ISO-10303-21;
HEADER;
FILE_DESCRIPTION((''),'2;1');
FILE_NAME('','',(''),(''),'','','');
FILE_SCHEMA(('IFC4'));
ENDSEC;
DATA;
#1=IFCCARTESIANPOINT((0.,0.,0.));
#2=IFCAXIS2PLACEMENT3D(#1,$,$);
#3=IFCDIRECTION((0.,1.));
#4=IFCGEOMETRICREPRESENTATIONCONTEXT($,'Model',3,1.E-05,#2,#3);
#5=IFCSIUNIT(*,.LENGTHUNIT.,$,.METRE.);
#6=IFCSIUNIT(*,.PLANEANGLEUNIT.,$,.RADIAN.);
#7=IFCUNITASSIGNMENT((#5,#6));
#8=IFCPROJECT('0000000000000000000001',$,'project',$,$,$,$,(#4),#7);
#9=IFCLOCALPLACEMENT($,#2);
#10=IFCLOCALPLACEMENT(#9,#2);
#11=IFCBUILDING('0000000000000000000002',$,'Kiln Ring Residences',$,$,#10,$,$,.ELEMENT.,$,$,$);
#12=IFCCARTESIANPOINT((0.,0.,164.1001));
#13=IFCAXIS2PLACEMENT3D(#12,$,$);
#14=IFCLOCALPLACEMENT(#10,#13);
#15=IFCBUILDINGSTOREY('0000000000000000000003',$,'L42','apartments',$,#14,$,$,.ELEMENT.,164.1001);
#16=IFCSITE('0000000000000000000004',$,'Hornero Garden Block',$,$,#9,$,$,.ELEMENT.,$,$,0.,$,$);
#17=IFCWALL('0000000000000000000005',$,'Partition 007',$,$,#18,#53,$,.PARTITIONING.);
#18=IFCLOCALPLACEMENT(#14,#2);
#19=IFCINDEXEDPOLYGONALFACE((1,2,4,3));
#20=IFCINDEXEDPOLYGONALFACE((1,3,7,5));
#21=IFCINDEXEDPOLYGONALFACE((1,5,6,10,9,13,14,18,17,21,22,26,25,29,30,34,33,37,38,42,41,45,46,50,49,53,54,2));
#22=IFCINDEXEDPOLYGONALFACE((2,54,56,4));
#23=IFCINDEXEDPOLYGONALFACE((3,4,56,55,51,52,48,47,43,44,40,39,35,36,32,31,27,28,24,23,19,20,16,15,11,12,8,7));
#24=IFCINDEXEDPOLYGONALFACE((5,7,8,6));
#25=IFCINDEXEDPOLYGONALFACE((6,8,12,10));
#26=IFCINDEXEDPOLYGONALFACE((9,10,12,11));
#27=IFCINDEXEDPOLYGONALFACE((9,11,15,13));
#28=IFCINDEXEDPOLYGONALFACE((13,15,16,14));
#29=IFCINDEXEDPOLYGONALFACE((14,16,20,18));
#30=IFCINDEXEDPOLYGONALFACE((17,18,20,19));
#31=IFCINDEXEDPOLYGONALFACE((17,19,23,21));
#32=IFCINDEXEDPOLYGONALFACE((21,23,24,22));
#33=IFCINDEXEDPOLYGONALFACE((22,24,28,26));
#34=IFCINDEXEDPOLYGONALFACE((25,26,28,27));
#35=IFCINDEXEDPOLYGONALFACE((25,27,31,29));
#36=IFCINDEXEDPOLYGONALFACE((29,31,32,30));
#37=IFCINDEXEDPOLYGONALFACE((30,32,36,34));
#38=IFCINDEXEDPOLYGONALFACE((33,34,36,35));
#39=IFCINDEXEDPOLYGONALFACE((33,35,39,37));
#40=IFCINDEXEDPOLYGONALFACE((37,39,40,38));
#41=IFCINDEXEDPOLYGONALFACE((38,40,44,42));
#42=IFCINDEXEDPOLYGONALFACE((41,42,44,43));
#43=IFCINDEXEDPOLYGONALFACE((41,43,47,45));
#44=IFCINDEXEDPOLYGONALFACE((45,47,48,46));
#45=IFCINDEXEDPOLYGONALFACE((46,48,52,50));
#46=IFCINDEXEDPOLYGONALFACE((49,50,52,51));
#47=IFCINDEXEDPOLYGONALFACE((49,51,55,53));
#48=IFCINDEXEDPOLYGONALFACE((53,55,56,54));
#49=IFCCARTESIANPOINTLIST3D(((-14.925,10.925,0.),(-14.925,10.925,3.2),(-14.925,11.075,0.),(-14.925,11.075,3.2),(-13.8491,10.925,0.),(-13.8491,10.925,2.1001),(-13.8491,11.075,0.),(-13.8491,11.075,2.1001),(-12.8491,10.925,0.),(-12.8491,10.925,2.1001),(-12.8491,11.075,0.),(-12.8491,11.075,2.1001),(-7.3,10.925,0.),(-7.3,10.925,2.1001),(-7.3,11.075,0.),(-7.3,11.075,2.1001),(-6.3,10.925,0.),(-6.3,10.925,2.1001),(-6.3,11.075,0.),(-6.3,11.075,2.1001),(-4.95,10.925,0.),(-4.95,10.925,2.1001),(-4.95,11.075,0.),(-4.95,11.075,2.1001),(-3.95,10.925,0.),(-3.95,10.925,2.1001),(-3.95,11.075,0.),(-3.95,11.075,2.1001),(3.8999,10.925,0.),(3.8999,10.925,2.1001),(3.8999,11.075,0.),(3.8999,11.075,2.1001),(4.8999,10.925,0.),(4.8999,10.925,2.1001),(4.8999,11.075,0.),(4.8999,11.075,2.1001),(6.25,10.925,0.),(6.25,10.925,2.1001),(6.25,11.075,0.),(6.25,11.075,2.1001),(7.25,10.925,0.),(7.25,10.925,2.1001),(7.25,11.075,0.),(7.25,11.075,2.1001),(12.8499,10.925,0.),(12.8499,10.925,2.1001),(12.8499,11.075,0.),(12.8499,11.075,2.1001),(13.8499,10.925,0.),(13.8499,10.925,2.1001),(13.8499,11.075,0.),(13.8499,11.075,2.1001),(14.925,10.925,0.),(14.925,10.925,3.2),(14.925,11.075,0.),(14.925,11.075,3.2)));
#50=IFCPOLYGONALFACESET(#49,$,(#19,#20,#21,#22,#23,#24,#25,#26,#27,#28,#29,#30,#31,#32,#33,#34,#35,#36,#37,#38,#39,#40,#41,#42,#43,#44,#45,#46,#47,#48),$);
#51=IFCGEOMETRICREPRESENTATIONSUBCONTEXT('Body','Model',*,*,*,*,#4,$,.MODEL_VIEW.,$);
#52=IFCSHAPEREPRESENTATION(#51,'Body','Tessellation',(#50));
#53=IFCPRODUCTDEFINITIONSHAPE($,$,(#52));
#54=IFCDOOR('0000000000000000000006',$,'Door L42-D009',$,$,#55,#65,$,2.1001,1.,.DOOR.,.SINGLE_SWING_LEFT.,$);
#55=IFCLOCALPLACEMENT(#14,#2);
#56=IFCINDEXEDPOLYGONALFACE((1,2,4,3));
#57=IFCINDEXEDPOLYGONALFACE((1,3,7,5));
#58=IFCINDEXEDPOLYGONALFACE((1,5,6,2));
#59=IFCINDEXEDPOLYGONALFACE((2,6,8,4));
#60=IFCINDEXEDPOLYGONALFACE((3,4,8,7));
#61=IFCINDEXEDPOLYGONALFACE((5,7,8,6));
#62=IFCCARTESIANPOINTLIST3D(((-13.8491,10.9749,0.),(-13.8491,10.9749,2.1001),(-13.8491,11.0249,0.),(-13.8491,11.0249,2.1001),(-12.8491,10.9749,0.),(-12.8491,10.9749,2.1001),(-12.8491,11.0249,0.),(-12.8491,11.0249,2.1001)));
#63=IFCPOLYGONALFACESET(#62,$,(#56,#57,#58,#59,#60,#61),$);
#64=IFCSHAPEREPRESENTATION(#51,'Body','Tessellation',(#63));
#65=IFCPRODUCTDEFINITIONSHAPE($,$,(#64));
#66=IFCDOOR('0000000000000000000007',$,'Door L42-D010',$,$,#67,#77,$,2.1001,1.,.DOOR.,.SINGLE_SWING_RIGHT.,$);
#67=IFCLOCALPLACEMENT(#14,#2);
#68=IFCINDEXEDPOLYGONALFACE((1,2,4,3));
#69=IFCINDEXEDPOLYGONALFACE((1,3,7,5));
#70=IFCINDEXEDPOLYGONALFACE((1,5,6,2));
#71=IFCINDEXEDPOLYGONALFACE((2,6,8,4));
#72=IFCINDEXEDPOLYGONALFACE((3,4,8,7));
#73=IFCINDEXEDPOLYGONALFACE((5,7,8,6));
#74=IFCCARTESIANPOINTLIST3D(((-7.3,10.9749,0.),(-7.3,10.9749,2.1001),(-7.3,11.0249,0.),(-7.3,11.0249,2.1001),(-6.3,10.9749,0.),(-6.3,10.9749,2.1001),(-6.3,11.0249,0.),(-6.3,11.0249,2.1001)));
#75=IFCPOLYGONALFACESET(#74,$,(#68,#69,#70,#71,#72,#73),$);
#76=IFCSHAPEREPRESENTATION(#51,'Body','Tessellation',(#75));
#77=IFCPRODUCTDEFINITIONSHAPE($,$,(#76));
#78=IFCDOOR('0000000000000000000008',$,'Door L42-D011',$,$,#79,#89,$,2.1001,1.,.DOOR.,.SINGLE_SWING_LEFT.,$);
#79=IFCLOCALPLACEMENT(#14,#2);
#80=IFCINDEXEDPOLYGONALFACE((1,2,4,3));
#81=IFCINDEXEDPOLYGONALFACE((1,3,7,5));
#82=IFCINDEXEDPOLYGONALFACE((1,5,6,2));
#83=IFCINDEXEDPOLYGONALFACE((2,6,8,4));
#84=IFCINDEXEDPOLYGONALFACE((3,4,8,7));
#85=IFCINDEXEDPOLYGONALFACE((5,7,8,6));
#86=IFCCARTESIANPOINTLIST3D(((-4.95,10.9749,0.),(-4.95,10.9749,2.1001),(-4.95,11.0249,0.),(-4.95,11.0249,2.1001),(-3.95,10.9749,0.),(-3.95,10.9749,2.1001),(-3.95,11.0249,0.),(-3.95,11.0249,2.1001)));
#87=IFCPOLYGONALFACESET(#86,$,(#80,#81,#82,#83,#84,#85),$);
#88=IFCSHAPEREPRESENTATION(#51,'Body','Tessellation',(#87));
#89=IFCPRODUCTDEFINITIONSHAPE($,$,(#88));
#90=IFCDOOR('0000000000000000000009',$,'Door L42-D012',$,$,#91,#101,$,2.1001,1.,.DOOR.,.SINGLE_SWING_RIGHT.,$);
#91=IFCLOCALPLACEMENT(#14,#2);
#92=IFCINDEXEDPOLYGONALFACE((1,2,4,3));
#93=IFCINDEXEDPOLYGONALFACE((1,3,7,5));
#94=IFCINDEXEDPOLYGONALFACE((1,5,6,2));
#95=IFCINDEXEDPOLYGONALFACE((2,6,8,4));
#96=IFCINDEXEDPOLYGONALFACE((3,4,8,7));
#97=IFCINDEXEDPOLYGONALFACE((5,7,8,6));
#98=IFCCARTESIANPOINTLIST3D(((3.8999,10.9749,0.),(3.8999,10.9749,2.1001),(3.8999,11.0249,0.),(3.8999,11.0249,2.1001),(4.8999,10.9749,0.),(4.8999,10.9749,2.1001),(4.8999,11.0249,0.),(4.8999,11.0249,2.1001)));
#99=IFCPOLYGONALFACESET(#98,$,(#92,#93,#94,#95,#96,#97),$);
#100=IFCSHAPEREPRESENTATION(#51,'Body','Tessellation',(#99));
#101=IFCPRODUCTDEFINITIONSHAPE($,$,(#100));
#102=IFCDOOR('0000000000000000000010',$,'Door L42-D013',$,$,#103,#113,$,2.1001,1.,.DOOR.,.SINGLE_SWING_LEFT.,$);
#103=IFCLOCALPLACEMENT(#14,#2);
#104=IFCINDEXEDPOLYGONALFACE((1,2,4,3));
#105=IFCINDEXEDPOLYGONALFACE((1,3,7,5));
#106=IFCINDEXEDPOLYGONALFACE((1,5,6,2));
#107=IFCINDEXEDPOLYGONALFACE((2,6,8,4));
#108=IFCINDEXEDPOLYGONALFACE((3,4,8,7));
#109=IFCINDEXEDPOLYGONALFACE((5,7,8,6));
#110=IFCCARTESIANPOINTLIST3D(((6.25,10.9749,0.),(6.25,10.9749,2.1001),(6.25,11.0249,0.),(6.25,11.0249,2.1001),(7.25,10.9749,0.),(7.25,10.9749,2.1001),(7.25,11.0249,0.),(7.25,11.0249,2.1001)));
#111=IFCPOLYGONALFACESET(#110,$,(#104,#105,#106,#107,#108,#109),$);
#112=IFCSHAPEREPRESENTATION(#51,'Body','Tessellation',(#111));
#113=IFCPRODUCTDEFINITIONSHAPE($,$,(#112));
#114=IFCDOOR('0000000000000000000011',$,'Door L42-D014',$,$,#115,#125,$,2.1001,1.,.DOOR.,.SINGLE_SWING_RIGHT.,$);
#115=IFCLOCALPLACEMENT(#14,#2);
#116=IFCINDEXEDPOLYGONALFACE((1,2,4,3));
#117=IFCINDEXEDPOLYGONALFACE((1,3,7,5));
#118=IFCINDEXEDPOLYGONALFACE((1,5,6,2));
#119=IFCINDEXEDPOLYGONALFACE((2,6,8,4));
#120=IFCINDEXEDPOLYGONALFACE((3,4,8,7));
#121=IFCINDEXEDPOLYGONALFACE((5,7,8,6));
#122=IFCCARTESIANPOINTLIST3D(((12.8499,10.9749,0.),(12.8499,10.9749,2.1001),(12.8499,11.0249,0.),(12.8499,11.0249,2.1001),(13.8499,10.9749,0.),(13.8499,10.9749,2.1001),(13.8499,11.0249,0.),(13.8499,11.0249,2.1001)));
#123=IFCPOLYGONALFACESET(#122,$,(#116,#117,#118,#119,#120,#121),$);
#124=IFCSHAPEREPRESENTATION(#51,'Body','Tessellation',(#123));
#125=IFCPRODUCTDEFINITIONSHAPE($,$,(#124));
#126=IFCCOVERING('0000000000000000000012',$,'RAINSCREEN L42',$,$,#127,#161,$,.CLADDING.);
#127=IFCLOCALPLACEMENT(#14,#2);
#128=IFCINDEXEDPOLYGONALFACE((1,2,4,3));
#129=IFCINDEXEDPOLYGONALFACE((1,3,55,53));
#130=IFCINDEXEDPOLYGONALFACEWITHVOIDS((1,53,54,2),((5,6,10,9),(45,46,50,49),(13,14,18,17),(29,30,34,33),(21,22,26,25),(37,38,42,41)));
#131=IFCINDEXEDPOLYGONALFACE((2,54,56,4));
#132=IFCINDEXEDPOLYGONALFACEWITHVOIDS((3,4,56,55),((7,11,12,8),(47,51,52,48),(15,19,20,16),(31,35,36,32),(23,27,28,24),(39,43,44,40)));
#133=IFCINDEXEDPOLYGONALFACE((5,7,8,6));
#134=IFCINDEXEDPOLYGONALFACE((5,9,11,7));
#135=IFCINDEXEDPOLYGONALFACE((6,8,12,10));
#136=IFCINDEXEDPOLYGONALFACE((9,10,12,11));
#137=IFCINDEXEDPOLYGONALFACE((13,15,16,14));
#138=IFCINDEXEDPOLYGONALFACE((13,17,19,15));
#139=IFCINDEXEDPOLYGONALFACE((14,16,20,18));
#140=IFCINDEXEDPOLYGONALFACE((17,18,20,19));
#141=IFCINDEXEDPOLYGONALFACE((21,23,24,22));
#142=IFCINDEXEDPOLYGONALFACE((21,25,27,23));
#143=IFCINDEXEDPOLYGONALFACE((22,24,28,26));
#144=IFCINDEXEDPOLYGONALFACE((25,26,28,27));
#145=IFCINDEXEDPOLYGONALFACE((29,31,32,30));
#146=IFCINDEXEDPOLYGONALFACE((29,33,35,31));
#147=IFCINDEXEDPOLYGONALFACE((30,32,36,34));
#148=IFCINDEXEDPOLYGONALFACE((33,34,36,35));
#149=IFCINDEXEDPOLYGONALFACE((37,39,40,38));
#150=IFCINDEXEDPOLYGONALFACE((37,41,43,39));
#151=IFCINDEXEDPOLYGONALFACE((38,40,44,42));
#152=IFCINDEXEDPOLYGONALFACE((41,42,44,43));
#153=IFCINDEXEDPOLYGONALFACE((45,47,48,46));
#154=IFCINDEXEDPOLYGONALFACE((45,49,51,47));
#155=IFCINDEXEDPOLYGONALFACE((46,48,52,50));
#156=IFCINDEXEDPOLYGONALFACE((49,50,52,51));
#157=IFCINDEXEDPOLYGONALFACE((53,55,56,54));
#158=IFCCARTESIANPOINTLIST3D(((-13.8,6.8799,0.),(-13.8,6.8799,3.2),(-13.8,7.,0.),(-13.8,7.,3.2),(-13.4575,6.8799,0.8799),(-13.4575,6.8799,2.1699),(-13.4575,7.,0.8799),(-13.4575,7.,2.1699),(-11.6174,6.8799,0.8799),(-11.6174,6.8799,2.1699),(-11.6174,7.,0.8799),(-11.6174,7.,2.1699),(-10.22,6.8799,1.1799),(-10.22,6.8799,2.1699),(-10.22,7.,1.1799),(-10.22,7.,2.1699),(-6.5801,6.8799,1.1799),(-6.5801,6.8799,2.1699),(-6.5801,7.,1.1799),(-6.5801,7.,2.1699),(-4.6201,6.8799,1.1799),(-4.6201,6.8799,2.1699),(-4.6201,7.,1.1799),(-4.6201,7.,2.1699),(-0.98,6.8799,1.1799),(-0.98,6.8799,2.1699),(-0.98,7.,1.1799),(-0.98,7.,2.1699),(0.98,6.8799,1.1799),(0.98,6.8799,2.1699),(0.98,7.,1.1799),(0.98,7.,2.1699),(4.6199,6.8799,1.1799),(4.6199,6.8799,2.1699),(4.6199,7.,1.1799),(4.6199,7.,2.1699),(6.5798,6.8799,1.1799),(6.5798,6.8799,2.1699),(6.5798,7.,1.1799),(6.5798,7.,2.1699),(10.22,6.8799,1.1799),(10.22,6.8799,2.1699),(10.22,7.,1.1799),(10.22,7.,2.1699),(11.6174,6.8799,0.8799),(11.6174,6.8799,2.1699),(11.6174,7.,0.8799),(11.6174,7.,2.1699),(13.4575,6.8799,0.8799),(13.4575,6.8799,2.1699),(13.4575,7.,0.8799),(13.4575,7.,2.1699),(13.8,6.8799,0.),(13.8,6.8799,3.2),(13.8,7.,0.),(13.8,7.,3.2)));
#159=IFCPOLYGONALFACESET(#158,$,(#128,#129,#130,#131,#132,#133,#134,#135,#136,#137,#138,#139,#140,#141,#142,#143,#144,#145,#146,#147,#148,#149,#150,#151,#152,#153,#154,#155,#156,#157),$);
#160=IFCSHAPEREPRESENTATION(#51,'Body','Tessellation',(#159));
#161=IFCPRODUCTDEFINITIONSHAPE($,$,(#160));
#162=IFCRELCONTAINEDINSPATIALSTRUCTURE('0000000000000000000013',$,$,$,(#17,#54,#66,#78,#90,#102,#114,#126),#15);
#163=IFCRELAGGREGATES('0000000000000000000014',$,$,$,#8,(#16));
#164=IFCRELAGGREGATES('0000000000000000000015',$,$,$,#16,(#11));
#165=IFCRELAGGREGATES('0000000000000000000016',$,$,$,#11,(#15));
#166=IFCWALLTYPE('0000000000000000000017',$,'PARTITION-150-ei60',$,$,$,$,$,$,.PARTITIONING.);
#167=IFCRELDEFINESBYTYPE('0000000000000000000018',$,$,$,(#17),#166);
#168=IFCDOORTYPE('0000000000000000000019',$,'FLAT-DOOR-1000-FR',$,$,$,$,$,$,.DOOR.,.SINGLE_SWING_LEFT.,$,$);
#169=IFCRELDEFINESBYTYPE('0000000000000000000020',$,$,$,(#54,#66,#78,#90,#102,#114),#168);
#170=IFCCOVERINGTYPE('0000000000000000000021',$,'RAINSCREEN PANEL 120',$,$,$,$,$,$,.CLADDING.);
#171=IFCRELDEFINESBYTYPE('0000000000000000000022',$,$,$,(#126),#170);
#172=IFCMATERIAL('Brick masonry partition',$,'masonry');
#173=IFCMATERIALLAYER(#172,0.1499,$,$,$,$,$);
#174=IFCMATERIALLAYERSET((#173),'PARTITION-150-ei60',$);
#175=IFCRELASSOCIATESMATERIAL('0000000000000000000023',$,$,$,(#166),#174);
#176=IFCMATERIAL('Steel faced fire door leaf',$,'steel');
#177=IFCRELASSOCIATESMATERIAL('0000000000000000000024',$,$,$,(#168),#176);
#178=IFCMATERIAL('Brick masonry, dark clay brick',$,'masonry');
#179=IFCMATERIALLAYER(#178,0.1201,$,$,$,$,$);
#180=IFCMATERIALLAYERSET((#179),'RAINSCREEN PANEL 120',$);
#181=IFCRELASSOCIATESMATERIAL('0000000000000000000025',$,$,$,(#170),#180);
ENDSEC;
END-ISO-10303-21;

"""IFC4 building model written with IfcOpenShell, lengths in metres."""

from ifc_helpers import new_model, si_unit, direction, frame, frame_2d, origin, place, context, subcontext, project, spatial, polyline, rectangle, outline, extrude, material, layer, layer_set, type_object, element, fill, save


model = new_model("IFC4")

# Units and contexts
model_context = context("Model", 3, precision=1e-05, world=origin(), true_north=direction((0.0, 1.0)))
body_context = subcontext(model_context, "Body", "Model", "MODEL_VIEW")
ifc_project = project(units=[si_unit("LENGTHUNIT", "METRE"), si_unit("PLANEANGLEUNIT", "RADIAN")], contexts=[model_context])

# Site, building, storey
site_placement = place(None, origin())
site = spatial("IfcSite", under=ifc_project, at=site_placement, Name="Hornero Garden Block", CompositionType="ELEMENT", RefElevation=0.0)
building_placement = place(site_placement, origin())
building = spatial("IfcBuilding", under=site, at=building_placement, Name="Kiln Ring Residences", CompositionType="ELEMENT")
storey_placement = place(building_placement, frame((0.0, 0.0, 164.1001)))
storey = spatial("IfcBuildingStorey", under=building, at=storey_placement, Name="L42", Description="apartments", CompositionType="ELEMENT", Elevation=164.1001)

# Wall, openings, doors
ifc_material_1 = material(Name="Brick masonry partition", Category="masonry")
ifc_layer_1 = layer(ifc_material_1, 0.1499)
ifc_layer_set_1 = layer_set([ifc_layer_1], Name="PARTITION-150-ei60")
wall_type_1 = type_object("IfcWallType", Name="PARTITION-150-ei60", PredefinedType="PARTITIONING", material=ifc_layer_set_1)
wall_1_placement = place(storey_placement, frame((-14.925, 11.0, 0.0), z_axis=(0.0, 0.0, 1.0), x_axis=(1.0, 0.0, 0.0)))
wall_1 = element("IfcWall", 1, at=wall_1_placement, inside=storey, type_object=wall_type_1, Name="Partition 007", PredefinedType="PARTITIONING", context=body_context, shape_type="SweptSolid", body=[
    extrude(rectangle(XDim=29.8501, YDim=0.1499, at=frame_2d((14.925, 0.0))), origin(), (0.0, 0.0, 1.0), 3.2),
])
opening_1_placement = place(wall_1_placement, frame((1.0759, 0.0, 0.0)))
opening_1 = element("IfcOpeningElement", 2, at=opening_1_placement, cuts=wall_1, PredefinedType="OPENING", context=body_context, shape_type="SweptSolid", body=[
    extrude(rectangle(XDim=1.0, YDim=2.1001, at=frame_2d((0.5, 1.05))), frame((0.0, 0.085, 0.0), z_axis=(0.0, -1.0, 0.0), x_axis=(1.0, 0.0, 0.0)), (0.0, 0.0, 1.0), 0.1699),
])
opening_2_placement = place(wall_1_placement, frame((7.625, 0.0, 0.0)))
opening_2 = element("IfcOpeningElement", 3, at=opening_2_placement, cuts=wall_1, PredefinedType="OPENING", context=body_context, shape_type="SweptSolid", body=[
    extrude(rectangle(XDim=1.0, YDim=2.1001, at=frame_2d((0.5, 1.05))), frame((0.0, 0.085, 0.0), z_axis=(0.0, -1.0, 0.0), x_axis=(1.0, 0.0, 0.0)), (0.0, 0.0, 1.0), 0.1699),
])
opening_3_placement = place(wall_1_placement, frame((9.9751, 0.0, 0.0)))
opening_3 = element("IfcOpeningElement", 4, at=opening_3_placement, cuts=wall_1, PredefinedType="OPENING", context=body_context, shape_type="SweptSolid", body=[
    extrude(rectangle(XDim=1.0, YDim=2.1001, at=frame_2d((0.5, 1.05))), frame((0.0, 0.085, 0.0), z_axis=(0.0, -1.0, 0.0), x_axis=(1.0, 0.0, 0.0)), (0.0, 0.0, 1.0), 0.1699),
])
opening_4_placement = place(wall_1_placement, frame((18.825, 0.0, 0.0)))
opening_4 = element("IfcOpeningElement", 5, at=opening_4_placement, cuts=wall_1, PredefinedType="OPENING", context=body_context, shape_type="SweptSolid", body=[
    extrude(rectangle(XDim=1.0, YDim=2.1001, at=frame_2d((0.5, 1.05))), frame((0.0, 0.085, 0.0), z_axis=(0.0, -1.0, 0.0), x_axis=(1.0, 0.0, 0.0)), (0.0, 0.0, 1.0), 0.1699),
])
opening_5_placement = place(wall_1_placement, frame((21.175, 0.0, 0.0)))
opening_5 = element("IfcOpeningElement", 6, at=opening_5_placement, cuts=wall_1, PredefinedType="OPENING", context=body_context, shape_type="SweptSolid", body=[
    extrude(rectangle(XDim=1.0, YDim=2.1001, at=frame_2d((0.5, 1.05))), frame((0.0, 0.085, 0.0), z_axis=(0.0, -1.0, 0.0), x_axis=(1.0, 0.0, 0.0)), (0.0, 0.0, 1.0), 0.1699),
])
opening_6_placement = place(wall_1_placement, frame((27.7749, 0.0, 0.0)))
opening_6 = element("IfcOpeningElement", 7, at=opening_6_placement, cuts=wall_1, PredefinedType="OPENING", context=body_context, shape_type="SweptSolid", body=[
    extrude(rectangle(XDim=1.0, YDim=2.1001, at=frame_2d((0.5, 1.05))), frame((0.0, 0.085, 0.0), z_axis=(0.0, -1.0, 0.0), x_axis=(1.0, 0.0, 0.0)), (0.0, 0.0, 1.0), 0.1699),
])
ifc_material_2 = material(Name="Steel faced fire door leaf", Category="steel")
door_type = type_object("IfcDoorType", Name="FLAT-DOOR-1000-FR", OperationType="SINGLE_SWING_LEFT", PredefinedType="DOOR", material=ifc_material_2)
door_1_placement = place(opening_1_placement, origin())
door_1 = element("IfcDoor", 8, at=door_1_placement, inside=storey, type_object=door_type, Name="Door L42-D009", OperationType="SINGLE_SWING_LEFT", OverallHeight=2.1001, OverallWidth=1.0, PredefinedType="DOOR", context=body_context, shape_type="SweptSolid", body=[
    extrude(rectangle(XDim=1.0, YDim=2.1001, at=frame_2d((0.5, 1.05))), frame((0.0, 0.0249, 0.0), z_axis=(0.0, -1.0, 0.0), x_axis=(1.0, 0.0, 0.0)), (0.0, 0.0, 1.0), 0.05),
])
fill(opening_1, door_1)
door_2_placement = place(opening_2_placement, origin())
door_2 = element("IfcDoor", 9, at=door_2_placement, inside=storey, type_object=door_type, Name="Door L42-D010", OperationType="SINGLE_SWING_RIGHT", OverallHeight=2.1001, OverallWidth=1.0, PredefinedType="DOOR", context=body_context, shape_type="SweptSolid", body=[
    extrude(rectangle(XDim=1.0, YDim=2.1001, at=frame_2d((0.5, 1.05))), frame((0.0, 0.0249, 0.0), z_axis=(0.0, -1.0, 0.0), x_axis=(1.0, 0.0, 0.0)), (0.0, 0.0, 1.0), 0.05),
])
fill(opening_2, door_2)
door_3_placement = place(opening_3_placement, origin())
door_3 = element("IfcDoor", 10, at=door_3_placement, inside=storey, type_object=door_type, Name="Door L42-D011", OperationType="SINGLE_SWING_LEFT", OverallHeight=2.1001, OverallWidth=1.0, PredefinedType="DOOR", context=body_context, shape_type="SweptSolid", body=[
    extrude(rectangle(XDim=1.0, YDim=2.1001, at=frame_2d((0.5, 1.05))), frame((0.0, 0.0249, 0.0), z_axis=(0.0, -1.0, 0.0), x_axis=(1.0, 0.0, 0.0)), (0.0, 0.0, 1.0), 0.05),
])
fill(opening_3, door_3)
door_4_placement = place(opening_4_placement, origin())
door_4 = element("IfcDoor", 11, at=door_4_placement, inside=storey, type_object=door_type, Name="Door L42-D012", OperationType="SINGLE_SWING_RIGHT", OverallHeight=2.1001, OverallWidth=1.0, PredefinedType="DOOR", context=body_context, shape_type="SweptSolid", body=[
    extrude(rectangle(XDim=1.0, YDim=2.1001, at=frame_2d((0.5, 1.05))), frame((0.0, 0.0249, 0.0), z_axis=(0.0, -1.0, 0.0), x_axis=(1.0, 0.0, 0.0)), (0.0, 0.0, 1.0), 0.05),
])
fill(opening_4, door_4)
door_5_placement = place(opening_5_placement, origin())
door_5 = element("IfcDoor", 12, at=door_5_placement, inside=storey, type_object=door_type, Name="Door L42-D013", OperationType="SINGLE_SWING_LEFT", OverallHeight=2.1001, OverallWidth=1.0, PredefinedType="DOOR", context=body_context, shape_type="SweptSolid", body=[
    extrude(rectangle(XDim=1.0, YDim=2.1001, at=frame_2d((0.5, 1.05))), frame((0.0, 0.0249, 0.0), z_axis=(0.0, -1.0, 0.0), x_axis=(1.0, 0.0, 0.0)), (0.0, 0.0, 1.0), 0.05),
])
fill(opening_5, door_5)
door_6_placement = place(opening_6_placement, origin())
door_6 = element("IfcDoor", 13, at=door_6_placement, inside=storey, type_object=door_type, Name="Door L42-D014", OperationType="SINGLE_SWING_RIGHT", OverallHeight=2.1001, OverallWidth=1.0, PredefinedType="DOOR", context=body_context, shape_type="SweptSolid", body=[
    extrude(rectangle(XDim=1.0, YDim=2.1001, at=frame_2d((0.5, 1.05))), frame((0.0, 0.0249, 0.0), z_axis=(0.0, -1.0, 0.0), x_axis=(1.0, 0.0, 0.0)), (0.0, 0.0, 1.0), 0.05),
])
fill(opening_6, door_6)

# Covering
ifc_material_3 = material(Name="Brick masonry, dark clay brick", Category="masonry")
ifc_layer_2 = layer(ifc_material_3, 0.1201)
ifc_layer_set_2 = layer_set([ifc_layer_2], Name="RAINSCREEN PANEL 120")
covering_type = type_object("IfcCoveringType", Name="RAINSCREEN PANEL 120", PredefinedType="CLADDING", material=ifc_layer_set_2)
covering_placement = place(storey_placement, frame((-13.8, 6.9399, 0.0), z_axis=(0.0, 0.0, 1.0), x_axis=(1.0, 0.0, 0.0)))
element("IfcCovering", 14, at=covering_placement, inside=storey, type_object=covering_type, Name="RAINSCREEN L42", PredefinedType="CLADDING", context=body_context, shape_type="SweptSolid", body=[
    extrude(outline(polyline([(0.0, 0.0), (27.6001, 0.0), (27.6001, 3.2), (0.0, 3.2), (0.0, 0.0)]), holes=[polyline([(2.1826, 0.8799), (2.1826, 2.1699), (0.3425, 2.1699), (0.3425, 0.8799), (2.1826, 0.8799)]), polyline([(25.4175, 0.8799), (27.2576, 0.8799), (27.2576, 2.1699), (25.4175, 2.1699), (25.4175, 0.8799)]), polyline([(3.5801, 1.1799), (7.22, 1.1799), (7.22, 2.1699), (3.5801, 2.1699), (3.5801, 1.1799)]), polyline([(12.8201, 1.1799), (12.8201, 2.1699), (9.1799, 2.1699), (9.1799, 1.1799), (12.8201, 1.1799)]), polyline([(14.78, 1.1799), (18.4199, 1.1799), (18.4199, 2.1699), (14.78, 2.1699), (14.78, 1.1799)]), polyline([(20.3799, 1.1799), (24.02, 1.1799), (24.02, 2.1699), (20.3799, 2.1699), (20.3799, 1.1799)])]), frame((0.0, 0.0601, 0.0), z_axis=(0.0, -1.0, 0.0), x_axis=(1.0, 0.0, 0.0)), (0.0, 0.0, 1.0), 0.1201),
])

save(model, "model.ifc")
